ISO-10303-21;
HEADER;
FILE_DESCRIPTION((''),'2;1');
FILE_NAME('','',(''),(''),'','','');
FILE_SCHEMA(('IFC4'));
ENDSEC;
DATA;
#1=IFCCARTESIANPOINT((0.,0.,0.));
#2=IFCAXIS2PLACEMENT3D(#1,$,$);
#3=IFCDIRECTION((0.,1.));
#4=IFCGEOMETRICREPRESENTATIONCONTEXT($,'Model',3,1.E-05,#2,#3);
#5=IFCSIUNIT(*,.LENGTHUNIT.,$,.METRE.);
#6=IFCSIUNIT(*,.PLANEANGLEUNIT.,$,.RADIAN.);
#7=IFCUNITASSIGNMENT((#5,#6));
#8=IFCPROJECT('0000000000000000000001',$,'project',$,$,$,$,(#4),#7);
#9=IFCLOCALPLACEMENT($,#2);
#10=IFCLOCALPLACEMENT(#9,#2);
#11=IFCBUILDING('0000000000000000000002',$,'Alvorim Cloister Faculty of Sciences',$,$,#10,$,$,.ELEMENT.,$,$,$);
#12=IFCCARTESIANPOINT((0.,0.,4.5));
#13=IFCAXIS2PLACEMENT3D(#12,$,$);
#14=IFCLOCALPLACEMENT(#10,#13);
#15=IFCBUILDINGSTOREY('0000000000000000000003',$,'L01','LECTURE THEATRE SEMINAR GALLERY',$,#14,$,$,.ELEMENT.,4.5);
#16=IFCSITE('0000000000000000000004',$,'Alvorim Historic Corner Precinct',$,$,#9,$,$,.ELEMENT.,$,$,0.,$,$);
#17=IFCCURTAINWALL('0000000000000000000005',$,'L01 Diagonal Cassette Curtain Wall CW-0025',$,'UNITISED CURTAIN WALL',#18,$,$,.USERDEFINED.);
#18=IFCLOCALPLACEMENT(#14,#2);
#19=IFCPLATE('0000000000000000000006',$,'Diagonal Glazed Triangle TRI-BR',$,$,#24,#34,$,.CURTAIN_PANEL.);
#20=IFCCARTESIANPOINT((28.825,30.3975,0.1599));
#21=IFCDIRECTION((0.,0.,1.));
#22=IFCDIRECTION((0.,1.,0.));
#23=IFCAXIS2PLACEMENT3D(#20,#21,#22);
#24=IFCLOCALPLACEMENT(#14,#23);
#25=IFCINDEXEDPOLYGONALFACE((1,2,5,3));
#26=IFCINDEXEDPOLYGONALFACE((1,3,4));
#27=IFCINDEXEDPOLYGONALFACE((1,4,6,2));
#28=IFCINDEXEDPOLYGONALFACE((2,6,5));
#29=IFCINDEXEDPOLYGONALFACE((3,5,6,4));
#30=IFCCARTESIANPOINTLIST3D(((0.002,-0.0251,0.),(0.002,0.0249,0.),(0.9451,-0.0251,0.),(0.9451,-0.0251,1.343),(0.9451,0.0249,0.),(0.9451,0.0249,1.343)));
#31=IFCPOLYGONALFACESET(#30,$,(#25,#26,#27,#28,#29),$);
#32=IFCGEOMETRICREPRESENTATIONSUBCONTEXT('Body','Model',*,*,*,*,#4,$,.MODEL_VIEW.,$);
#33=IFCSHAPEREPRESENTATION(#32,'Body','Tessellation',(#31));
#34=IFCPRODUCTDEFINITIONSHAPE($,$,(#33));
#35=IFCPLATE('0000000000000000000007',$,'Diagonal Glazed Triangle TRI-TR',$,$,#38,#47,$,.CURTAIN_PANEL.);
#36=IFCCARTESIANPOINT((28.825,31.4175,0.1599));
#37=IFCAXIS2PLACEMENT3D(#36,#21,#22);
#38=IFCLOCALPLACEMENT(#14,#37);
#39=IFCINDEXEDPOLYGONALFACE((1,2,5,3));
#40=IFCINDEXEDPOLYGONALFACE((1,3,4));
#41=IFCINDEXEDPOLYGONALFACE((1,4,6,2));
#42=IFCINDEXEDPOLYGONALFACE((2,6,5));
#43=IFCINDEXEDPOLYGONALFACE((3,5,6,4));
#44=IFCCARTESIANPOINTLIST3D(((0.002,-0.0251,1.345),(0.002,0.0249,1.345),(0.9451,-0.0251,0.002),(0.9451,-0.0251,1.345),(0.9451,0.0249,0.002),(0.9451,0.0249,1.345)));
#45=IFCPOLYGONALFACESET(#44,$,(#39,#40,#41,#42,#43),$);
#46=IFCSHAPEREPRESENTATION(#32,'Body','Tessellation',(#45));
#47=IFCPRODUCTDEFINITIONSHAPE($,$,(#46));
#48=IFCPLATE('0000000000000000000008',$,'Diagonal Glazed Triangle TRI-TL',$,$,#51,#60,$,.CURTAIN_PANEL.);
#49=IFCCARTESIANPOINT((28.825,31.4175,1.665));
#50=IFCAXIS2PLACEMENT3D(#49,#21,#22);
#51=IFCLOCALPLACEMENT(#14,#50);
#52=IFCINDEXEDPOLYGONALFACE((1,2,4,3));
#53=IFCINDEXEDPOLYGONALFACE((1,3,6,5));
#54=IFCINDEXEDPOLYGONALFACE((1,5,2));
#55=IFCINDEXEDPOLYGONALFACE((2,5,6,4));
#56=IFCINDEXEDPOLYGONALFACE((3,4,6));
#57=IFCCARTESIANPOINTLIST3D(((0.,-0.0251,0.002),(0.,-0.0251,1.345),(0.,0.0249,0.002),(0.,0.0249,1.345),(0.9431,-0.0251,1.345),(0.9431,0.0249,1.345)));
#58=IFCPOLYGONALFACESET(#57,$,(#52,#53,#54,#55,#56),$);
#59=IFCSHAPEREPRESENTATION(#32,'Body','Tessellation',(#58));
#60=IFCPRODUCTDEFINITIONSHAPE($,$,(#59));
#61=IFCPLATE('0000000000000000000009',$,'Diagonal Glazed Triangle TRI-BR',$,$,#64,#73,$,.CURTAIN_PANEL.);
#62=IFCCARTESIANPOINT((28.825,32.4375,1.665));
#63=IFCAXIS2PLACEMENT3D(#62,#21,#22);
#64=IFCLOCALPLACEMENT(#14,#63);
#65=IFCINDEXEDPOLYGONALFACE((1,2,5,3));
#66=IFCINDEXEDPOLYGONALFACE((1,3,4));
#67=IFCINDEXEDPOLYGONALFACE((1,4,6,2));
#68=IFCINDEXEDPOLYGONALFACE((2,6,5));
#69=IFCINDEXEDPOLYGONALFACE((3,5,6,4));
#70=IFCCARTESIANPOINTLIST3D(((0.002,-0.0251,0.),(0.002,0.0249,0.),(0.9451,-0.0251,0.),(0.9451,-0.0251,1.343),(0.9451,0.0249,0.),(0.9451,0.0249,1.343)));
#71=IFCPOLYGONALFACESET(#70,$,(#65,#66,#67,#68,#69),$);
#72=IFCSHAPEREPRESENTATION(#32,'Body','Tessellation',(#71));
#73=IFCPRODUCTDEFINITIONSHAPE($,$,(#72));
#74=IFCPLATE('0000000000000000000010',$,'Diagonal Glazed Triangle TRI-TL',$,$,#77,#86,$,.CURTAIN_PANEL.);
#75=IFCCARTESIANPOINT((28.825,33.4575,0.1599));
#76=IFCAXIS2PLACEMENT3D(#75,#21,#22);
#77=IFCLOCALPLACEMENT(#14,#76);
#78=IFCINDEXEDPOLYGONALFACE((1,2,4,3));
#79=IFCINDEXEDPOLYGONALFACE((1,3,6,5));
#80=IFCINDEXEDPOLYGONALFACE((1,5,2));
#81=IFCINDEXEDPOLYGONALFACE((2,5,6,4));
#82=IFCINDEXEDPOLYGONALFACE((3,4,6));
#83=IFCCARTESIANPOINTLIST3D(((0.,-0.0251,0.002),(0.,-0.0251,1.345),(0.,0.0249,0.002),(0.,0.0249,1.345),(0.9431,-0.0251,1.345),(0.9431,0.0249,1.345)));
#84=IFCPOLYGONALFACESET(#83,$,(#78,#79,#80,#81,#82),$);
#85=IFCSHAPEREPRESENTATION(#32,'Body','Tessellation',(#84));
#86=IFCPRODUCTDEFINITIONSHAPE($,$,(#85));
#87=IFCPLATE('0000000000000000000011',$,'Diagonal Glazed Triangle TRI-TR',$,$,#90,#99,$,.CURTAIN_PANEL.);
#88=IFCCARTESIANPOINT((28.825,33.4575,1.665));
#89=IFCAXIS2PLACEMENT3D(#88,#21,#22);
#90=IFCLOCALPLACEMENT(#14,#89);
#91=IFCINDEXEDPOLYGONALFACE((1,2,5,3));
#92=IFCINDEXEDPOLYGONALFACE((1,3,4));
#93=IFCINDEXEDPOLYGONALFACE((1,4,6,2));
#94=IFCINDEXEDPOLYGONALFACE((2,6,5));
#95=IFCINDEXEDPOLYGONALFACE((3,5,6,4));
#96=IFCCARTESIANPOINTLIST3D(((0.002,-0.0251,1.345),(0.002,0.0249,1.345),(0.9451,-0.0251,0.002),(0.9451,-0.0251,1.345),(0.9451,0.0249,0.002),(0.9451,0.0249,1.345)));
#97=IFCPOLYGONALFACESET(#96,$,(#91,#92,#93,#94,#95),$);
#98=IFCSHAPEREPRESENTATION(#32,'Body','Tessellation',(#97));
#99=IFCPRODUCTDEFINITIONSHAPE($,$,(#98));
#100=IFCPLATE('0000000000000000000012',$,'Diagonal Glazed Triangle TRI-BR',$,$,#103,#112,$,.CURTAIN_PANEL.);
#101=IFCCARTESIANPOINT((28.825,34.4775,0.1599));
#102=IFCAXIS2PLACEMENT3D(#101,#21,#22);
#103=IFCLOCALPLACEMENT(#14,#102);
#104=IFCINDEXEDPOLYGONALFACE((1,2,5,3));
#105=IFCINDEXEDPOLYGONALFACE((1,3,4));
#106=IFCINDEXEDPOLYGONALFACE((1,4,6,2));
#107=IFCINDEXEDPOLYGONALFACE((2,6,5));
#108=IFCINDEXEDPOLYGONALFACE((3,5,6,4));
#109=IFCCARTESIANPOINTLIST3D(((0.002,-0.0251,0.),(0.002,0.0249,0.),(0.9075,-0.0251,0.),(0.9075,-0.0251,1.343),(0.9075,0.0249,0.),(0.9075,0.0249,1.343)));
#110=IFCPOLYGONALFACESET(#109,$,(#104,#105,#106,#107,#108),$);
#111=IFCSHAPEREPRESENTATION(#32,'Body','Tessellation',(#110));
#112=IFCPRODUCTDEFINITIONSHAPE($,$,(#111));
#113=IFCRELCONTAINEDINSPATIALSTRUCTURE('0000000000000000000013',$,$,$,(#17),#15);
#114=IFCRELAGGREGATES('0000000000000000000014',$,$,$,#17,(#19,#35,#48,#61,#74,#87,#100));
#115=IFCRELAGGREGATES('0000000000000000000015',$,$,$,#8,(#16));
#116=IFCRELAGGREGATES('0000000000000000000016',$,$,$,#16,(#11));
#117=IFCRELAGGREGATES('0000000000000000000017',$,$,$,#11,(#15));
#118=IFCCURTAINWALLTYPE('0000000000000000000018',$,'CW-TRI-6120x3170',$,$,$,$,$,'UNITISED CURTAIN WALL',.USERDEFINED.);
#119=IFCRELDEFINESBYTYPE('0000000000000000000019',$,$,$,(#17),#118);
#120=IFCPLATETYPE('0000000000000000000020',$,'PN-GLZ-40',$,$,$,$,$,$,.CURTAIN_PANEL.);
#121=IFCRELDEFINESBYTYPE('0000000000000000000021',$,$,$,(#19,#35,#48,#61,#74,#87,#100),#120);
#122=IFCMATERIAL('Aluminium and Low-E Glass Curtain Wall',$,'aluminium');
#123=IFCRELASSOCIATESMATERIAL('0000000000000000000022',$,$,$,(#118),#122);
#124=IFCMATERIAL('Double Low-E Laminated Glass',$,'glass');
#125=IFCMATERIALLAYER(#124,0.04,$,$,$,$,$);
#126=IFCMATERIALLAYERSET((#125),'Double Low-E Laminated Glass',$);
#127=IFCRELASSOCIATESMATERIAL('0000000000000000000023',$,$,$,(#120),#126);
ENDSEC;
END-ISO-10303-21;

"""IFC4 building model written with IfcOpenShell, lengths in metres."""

from ifc_helpers import new_model, si_unit, direction, frame, origin, place, context, subcontext, project, spatial, polyline, outline, extrude, material, layer, layer_set, type_object, element, aggregate, save


model = new_model("IFC4")

# Units and contexts
model_context = context("Model", 3, precision=1e-05, world=origin(), true_north=direction((0.0, 1.0)))
body_context = subcontext(model_context, "Body", "Model", "MODEL_VIEW")
ifc_project = project(units=[si_unit("LENGTHUNIT", "METRE"), si_unit("PLANEANGLEUNIT", "RADIAN")], contexts=[model_context])

# Site, building, storey
site_placement = place(None, origin())
site = spatial("IfcSite", under=ifc_project, at=site_placement, Name="Alvorim Historic Corner Precinct", CompositionType="ELEMENT", RefElevation=0.0)
building_placement = place(site_placement, origin())
building = spatial("IfcBuilding", under=site, at=building_placement, Name="Alvorim Cloister Faculty of Sciences", CompositionType="ELEMENT")
storey_placement = place(building_placement, frame((0.0, 0.0, 4.5)))
storey = spatial("IfcBuildingStorey", under=building, at=storey_placement, Name="L01", Description="LECTURE THEATRE SEMINAR GALLERY", CompositionType="ELEMENT", Elevation=4.5)

# Curtain wall, plates
ifc_material_1 = material(Name="Aluminium and Low-E Glass Curtain Wall", Category="aluminium")
curtain_wall_type = type_object("IfcCurtainWallType", Name="CW-TRI-6120x3170", ElementType="UNITISED CURTAIN WALL", PredefinedType="USERDEFINED", material=ifc_material_1)
curtain_wall_placement = place(storey_placement, origin())
curtain_wall = element("IfcCurtainWall", 1, at=curtain_wall_placement, inside=storey, type_object=curtain_wall_type, Name="L01 Diagonal Cassette Curtain Wall CW-0025", ObjectType="UNITISED CURTAIN WALL", PredefinedType="USERDEFINED")
ifc_material_2 = material(Name="Double Low-E Laminated Glass", Category="glass")
ifc_layer_1 = layer(ifc_material_2, 0.04)
ifc_layer_set_1 = layer_set([ifc_layer_1], Name="Double Low-E Laminated Glass")
plate_type_1 = type_object("IfcPlateType", Name="PN-GLZ-40", PredefinedType="CURTAIN_PANEL", material=ifc_layer_set_1)
plate_1_placement = place(storey_placement, frame((28.825, 30.3975, 0.1599), z_axis=(0.0, 0.0, 1.0), x_axis=(0.0, 1.0, 0.0)))
plate_1 = element("IfcPlate", 2, at=plate_1_placement, type_object=plate_type_1, Name="Diagonal Glazed Triangle TRI-BR", PredefinedType="CURTAIN_PANEL", context=body_context, shape_type="SweptSolid", body=[
    extrude(outline(polyline([(0.002, 0.0), (0.9451, 0.0), (0.9451, 1.343), (0.002, 0.0)])), frame((0.0, 0.0249, 0.0), z_axis=(0.0, -1.0, 0.0), x_axis=(1.0, 0.0, 0.0)), (0.0, 0.0, 1.0), 0.05),
])
plate_2_placement = place(storey_placement, frame((28.825, 31.4175, 0.1599), z_axis=(0.0, 0.0, 1.0), x_axis=(0.0, 1.0, 0.0)))
plate_2 = element("IfcPlate", 3, at=plate_2_placement, type_object=plate_type_1, Name="Diagonal Glazed Triangle TRI-TR", PredefinedType="CURTAIN_PANEL", context=body_context, shape_type="SweptSolid", body=[
    extrude(outline(polyline([(0.9451, 0.002), (0.9451, 1.345), (0.002, 1.345), (0.9451, 0.002)])), frame((0.0, 0.0249, 0.0), z_axis=(0.0, -1.0, 0.0), x_axis=(1.0, 0.0, 0.0)), (0.0, 0.0, 1.0), 0.05),
])
plate_3_placement = place(storey_placement, frame((28.825, 31.4175, 1.665), z_axis=(0.0, 0.0, 1.0), x_axis=(0.0, 1.0, 0.0)))
plate_3 = element("IfcPlate", 4, at=plate_3_placement, type_object=plate_type_1, Name="Diagonal Glazed Triangle TRI-TL", PredefinedType="CURTAIN_PANEL", context=body_context, shape_type="SweptSolid", body=[
    extrude(outline(polyline([(0.9431, 1.345), (0.0, 1.345), (0.0, 0.002), (0.9431, 1.345)])), frame((0.0, 0.0249, 0.0), z_axis=(0.0, -1.0, 0.0), x_axis=(1.0, 0.0, 0.0)), (0.0, 0.0, 1.0), 0.05),
])
plate_4_placement = place(storey_placement, frame((28.825, 32.4375, 1.665), z_axis=(0.0, 0.0, 1.0), x_axis=(0.0, 1.0, 0.0)))
plate_4 = element("IfcPlate", 5, at=plate_4_placement, type_object=plate_type_1, Name="Diagonal Glazed Triangle TRI-BR", PredefinedType="CURTAIN_PANEL", context=body_context, shape_type="SweptSolid", body=[
    extrude(outline(polyline([(0.002, 0.0), (0.9451, 0.0), (0.9451, 1.343), (0.002, 0.0)])), frame((0.0, 0.0249, 0.0), z_axis=(0.0, -1.0, 0.0), x_axis=(1.0, 0.0, 0.0)), (0.0, 0.0, 1.0), 0.05),
])
plate_5_placement = place(storey_placement, frame((28.825, 33.4575, 0.1599), z_axis=(0.0, 0.0, 1.0), x_axis=(0.0, 1.0, 0.0)))
plate_5 = element("IfcPlate", 6, at=plate_5_placement, type_object=plate_type_1, Name="Diagonal Glazed Triangle TRI-TL", PredefinedType="CURTAIN_PANEL", context=body_context, shape_type="SweptSolid", body=[
    extrude(outline(polyline([(0.9431, 1.345), (0.0, 1.345), (0.0, 0.002), (0.9431, 1.345)])), frame((0.0, 0.0249, 0.0), z_axis=(0.0, -1.0, 0.0), x_axis=(1.0, 0.0, 0.0)), (0.0, 0.0, 1.0), 0.05),
])
plate_6_placement = place(storey_placement, frame((28.825, 33.4575, 1.665), z_axis=(0.0, 0.0, 1.0), x_axis=(0.0, 1.0, 0.0)))
plate_6 = element("IfcPlate", 7, at=plate_6_placement, type_object=plate_type_1, Name="Diagonal Glazed Triangle TRI-TR", PredefinedType="CURTAIN_PANEL", context=body_context, shape_type="SweptSolid", body=[
    extrude(outline(polyline([(0.9451, 0.002), (0.9451, 1.345), (0.002, 1.345), (0.9451, 0.002)])), frame((0.0, 0.0249, 0.0), z_axis=(0.0, -1.0, 0.0), x_axis=(1.0, 0.0, 0.0)), (0.0, 0.0, 1.0), 0.05),
])
plate_7_placement = place(storey_placement, frame((28.825, 34.4775, 0.1599), z_axis=(0.0, 0.0, 1.0), x_axis=(0.0, 1.0, 0.0)))
plate_7 = element("IfcPlate", 8, at=plate_7_placement, type_object=plate_type_1, Name="Diagonal Glazed Triangle TRI-BR", PredefinedType="CURTAIN_PANEL", context=body_context, shape_type="SweptSolid", body=[
    extrude(outline(polyline([(0.002, 0.0), (0.9075, 0.0), (0.9075, 1.343), (0.002, 0.0)])), frame((0.0, 0.0249, 0.0), z_axis=(0.0, -1.0, 0.0), x_axis=(1.0, 0.0, 0.0)), (0.0, 0.0, 1.0), 0.05),
])
aggregate(curtain_wall, [plate_1, plate_2, plate_3, plate_4, plate_5, plate_6, plate_7])

save(model, "model.ifc")
